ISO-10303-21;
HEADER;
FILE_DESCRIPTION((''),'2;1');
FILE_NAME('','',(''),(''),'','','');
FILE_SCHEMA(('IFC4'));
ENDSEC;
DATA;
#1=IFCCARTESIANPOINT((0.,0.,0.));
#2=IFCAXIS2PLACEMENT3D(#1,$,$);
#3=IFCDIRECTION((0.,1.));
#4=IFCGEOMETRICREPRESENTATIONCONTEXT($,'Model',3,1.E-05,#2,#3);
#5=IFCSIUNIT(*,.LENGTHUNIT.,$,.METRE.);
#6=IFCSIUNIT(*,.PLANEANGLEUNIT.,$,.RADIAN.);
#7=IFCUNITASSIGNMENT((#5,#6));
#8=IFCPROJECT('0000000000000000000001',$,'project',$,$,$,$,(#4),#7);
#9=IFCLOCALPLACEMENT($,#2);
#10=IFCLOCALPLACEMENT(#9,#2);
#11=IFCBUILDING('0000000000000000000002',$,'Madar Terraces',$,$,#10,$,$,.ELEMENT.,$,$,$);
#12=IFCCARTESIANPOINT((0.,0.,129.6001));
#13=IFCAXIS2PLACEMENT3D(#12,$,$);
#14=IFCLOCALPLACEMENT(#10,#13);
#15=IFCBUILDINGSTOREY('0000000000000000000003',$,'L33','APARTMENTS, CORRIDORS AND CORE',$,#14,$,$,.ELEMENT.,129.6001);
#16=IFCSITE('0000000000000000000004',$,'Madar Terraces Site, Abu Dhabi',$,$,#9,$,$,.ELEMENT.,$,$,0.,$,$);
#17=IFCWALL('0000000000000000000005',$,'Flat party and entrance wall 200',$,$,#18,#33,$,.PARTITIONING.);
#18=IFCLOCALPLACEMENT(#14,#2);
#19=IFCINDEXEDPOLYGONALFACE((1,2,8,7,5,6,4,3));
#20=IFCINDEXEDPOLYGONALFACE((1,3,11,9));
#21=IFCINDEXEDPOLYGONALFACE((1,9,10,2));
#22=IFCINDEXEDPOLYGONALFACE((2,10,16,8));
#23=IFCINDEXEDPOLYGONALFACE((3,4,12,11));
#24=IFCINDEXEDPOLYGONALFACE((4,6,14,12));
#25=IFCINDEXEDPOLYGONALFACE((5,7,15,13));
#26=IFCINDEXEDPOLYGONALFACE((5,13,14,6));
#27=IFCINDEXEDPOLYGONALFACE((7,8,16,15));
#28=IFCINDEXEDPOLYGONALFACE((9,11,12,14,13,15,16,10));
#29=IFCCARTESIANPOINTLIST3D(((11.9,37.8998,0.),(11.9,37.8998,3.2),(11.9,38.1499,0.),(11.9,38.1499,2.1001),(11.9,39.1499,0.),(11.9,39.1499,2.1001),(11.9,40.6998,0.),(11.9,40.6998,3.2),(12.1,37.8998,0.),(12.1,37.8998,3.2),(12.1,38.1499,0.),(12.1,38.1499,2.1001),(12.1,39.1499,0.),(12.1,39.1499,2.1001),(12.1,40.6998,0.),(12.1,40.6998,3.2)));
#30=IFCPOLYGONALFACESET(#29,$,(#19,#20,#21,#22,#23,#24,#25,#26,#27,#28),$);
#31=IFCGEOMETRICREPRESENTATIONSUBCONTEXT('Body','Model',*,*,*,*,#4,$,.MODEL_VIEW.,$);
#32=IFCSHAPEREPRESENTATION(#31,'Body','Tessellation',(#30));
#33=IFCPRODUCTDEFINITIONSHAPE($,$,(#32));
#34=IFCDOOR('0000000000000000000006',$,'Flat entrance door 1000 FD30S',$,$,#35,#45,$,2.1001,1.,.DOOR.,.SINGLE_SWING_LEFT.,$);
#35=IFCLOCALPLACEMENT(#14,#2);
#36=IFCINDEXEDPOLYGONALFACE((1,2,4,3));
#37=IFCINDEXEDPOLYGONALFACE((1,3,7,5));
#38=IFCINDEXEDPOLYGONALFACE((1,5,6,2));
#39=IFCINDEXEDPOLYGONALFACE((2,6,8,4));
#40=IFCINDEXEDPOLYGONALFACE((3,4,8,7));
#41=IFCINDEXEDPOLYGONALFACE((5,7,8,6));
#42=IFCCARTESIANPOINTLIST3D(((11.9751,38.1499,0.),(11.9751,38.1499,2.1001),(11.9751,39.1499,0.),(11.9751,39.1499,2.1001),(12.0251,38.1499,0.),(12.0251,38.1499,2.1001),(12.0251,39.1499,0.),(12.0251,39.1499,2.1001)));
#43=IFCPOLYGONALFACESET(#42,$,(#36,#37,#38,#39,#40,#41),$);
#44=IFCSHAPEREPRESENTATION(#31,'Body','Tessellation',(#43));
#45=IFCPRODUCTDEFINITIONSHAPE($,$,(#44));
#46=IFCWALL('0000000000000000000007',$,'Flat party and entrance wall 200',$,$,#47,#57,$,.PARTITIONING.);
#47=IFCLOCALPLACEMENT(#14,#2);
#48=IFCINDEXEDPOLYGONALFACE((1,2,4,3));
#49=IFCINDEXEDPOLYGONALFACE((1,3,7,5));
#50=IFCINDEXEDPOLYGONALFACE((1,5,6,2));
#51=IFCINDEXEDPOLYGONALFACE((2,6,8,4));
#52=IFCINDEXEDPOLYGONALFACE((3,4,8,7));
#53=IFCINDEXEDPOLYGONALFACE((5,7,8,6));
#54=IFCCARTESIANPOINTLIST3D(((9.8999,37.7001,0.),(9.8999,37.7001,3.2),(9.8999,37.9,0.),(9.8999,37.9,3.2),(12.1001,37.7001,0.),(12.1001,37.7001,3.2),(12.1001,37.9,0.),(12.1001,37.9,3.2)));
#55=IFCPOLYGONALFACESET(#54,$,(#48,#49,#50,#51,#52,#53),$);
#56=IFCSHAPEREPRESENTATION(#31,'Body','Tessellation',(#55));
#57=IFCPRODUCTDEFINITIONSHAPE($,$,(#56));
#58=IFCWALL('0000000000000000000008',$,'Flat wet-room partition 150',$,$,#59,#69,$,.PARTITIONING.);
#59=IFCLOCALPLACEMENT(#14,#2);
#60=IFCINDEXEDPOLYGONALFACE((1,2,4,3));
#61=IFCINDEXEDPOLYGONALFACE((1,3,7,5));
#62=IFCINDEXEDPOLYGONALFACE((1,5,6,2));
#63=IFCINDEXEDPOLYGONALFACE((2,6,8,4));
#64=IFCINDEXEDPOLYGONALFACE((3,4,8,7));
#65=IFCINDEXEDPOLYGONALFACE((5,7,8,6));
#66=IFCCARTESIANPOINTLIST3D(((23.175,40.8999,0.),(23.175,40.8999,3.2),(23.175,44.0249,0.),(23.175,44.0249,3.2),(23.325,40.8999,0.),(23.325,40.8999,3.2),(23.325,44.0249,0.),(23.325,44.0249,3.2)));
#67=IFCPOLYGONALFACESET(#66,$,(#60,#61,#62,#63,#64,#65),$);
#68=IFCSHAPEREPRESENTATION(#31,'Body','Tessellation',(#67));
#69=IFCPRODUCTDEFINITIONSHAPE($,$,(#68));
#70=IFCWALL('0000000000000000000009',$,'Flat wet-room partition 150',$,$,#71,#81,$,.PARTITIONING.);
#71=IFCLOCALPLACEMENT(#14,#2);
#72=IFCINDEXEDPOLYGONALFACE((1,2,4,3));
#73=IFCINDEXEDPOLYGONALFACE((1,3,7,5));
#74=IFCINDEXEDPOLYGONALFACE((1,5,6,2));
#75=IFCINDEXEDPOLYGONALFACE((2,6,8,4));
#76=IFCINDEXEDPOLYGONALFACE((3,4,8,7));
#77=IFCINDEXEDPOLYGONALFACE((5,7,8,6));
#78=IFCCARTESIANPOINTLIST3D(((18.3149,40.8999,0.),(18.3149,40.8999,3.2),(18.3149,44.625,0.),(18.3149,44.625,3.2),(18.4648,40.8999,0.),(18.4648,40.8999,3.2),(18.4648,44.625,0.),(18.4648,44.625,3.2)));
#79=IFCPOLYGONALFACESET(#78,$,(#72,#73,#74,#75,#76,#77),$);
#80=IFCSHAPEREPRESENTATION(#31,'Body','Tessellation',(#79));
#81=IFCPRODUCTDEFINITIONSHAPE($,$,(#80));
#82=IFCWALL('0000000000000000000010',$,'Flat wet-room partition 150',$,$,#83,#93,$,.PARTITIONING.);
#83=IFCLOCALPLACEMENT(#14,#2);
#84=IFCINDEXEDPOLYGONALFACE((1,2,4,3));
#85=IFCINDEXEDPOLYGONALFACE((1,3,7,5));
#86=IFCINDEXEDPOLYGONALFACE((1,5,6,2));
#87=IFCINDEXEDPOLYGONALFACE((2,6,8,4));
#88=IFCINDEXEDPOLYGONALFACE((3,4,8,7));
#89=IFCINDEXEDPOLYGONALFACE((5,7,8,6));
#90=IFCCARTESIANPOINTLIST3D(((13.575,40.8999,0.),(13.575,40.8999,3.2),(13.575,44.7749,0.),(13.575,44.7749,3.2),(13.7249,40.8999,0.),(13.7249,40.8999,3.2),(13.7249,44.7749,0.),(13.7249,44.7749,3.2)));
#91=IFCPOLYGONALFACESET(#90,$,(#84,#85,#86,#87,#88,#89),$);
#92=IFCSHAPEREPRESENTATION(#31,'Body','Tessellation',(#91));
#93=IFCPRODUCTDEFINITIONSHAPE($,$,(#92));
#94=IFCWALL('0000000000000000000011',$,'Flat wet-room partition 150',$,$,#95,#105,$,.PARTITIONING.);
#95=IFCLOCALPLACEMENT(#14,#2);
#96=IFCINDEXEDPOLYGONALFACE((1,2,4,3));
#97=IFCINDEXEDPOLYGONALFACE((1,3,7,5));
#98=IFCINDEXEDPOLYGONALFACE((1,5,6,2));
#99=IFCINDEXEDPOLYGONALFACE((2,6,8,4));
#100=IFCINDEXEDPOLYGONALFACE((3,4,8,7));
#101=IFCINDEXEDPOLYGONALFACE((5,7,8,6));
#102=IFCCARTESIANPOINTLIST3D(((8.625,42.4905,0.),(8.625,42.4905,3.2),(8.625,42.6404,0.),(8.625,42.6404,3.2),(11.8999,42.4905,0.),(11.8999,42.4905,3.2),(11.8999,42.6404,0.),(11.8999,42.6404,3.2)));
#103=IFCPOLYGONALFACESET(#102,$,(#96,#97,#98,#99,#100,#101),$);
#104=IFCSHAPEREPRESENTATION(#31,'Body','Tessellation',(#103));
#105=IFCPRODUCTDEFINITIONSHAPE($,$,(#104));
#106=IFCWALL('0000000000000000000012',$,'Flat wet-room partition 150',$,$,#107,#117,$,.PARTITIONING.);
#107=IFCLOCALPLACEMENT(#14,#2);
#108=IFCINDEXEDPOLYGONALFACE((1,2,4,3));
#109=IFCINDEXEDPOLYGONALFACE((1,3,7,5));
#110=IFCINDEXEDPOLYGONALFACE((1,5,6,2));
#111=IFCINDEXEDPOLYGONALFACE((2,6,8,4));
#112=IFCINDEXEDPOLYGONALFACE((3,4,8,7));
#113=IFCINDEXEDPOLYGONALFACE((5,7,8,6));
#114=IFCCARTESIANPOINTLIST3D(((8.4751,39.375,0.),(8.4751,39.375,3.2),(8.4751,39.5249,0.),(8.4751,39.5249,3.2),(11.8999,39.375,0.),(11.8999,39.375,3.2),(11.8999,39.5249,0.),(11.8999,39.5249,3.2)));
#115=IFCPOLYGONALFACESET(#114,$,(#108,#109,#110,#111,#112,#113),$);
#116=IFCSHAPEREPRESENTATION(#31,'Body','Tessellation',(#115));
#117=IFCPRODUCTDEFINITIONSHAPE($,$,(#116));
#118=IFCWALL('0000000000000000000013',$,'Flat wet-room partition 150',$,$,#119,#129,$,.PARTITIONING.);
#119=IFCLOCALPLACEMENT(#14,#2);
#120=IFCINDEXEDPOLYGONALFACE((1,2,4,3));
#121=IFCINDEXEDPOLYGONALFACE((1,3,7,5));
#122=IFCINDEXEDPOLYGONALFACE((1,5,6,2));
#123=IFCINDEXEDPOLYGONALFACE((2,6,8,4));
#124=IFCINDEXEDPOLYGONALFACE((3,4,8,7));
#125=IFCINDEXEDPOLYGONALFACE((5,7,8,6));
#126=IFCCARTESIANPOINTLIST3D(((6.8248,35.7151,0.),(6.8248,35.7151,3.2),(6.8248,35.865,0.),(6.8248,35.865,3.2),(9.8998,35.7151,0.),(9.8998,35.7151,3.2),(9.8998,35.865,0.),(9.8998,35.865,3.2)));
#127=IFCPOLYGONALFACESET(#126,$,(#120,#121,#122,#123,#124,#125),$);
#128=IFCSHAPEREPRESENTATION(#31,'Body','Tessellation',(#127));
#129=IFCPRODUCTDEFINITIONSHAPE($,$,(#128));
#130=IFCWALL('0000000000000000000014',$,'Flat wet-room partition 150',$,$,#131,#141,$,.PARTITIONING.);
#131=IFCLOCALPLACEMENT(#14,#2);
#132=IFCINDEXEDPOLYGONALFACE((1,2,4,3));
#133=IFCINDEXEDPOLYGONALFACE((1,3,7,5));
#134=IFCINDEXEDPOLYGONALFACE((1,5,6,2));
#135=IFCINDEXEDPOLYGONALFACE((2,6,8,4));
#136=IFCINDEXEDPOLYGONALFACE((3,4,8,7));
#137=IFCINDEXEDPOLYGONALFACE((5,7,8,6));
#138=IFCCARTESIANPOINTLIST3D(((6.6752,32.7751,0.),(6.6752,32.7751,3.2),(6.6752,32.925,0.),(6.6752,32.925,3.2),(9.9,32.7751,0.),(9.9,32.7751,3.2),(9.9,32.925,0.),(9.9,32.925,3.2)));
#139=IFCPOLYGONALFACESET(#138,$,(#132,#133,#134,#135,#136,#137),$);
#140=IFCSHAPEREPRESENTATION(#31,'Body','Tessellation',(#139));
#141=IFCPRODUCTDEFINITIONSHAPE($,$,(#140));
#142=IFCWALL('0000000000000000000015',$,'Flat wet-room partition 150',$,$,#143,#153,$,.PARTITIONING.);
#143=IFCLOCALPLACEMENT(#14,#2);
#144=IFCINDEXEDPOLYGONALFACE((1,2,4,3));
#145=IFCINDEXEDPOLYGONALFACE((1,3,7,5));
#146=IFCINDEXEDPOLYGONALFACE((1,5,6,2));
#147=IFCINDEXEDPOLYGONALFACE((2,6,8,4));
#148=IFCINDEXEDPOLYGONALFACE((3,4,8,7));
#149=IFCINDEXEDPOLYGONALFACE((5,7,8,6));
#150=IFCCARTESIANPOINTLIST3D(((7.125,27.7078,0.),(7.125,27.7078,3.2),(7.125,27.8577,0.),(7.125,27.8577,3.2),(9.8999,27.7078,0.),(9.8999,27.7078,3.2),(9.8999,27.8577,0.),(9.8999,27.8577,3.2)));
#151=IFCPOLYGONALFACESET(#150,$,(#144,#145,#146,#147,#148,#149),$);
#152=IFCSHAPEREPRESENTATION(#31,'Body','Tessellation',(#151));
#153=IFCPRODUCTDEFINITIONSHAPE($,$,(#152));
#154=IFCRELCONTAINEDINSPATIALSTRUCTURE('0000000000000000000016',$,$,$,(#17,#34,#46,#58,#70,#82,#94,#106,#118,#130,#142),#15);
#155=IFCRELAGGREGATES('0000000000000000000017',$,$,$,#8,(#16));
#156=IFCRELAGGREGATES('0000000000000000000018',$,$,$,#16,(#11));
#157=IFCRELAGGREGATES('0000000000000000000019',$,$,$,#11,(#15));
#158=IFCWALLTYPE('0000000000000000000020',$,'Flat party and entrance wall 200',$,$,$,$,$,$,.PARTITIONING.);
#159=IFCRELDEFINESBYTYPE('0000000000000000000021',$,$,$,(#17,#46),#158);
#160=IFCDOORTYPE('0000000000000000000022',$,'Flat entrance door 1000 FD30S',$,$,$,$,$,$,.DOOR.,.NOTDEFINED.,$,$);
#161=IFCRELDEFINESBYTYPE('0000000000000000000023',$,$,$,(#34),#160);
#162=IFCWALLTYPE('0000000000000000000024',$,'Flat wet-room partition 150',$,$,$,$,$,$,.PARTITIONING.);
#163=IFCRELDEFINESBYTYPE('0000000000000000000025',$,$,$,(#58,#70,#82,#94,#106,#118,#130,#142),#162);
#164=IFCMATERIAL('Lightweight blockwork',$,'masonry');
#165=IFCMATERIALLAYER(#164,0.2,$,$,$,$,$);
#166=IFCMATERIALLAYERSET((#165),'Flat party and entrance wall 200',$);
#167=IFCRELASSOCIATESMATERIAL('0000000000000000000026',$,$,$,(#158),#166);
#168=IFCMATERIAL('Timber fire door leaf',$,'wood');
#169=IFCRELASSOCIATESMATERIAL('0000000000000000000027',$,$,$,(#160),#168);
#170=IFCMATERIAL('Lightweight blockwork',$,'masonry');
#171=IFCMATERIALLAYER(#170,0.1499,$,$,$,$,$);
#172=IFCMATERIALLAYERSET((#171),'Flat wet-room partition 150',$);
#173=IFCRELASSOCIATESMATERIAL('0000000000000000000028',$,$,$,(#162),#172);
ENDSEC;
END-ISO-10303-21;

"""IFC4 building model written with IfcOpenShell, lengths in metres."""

from ifc_helpers import new_model, si_unit, direction, frame, frame_2d, origin, place, context, subcontext, project, spatial, rectangle, extrude, material, layer, layer_set, type_object, element, fill, save


model = new_model("IFC4")

# Units and contexts
model_context = context("Model", 3, precision=1e-05, world=origin(), true_north=direction((0.0, 1.0)))
body_context = subcontext(model_context, "Body", "Model", "MODEL_VIEW")
ifc_project = project(units=[si_unit("LENGTHUNIT", "METRE"), si_unit("PLANEANGLEUNIT", "RADIAN")], contexts=[model_context])

# Site, building, storey
site_placement = place(None, origin())
site = spatial("IfcSite", under=ifc_project, at=site_placement, Name="Madar Terraces Site, Abu Dhabi", CompositionType="ELEMENT", RefElevation=0.0)
building_placement = place(site_placement, origin())
building = spatial("IfcBuilding", under=site, at=building_placement, Name="Madar Terraces", CompositionType="ELEMENT")
storey_placement = place(building_placement, frame((0.0, 0.0, 129.6001)))
storey = spatial("IfcBuildingStorey", under=building, at=storey_placement, Name="L33", Description="APARTMENTS, CORRIDORS AND CORE", CompositionType="ELEMENT", Elevation=129.6001)

# Shared definitions
ifc_material_1 = material(Name="Lightweight blockwork", Category="masonry")
ifc_layer_1 = layer(ifc_material_1, 0.2)
ifc_layer_set_1 = layer_set([ifc_layer_1], Name="Flat party and entrance wall 200")
wall_type_1 = type_object("IfcWallType", Name="Flat party and entrance wall 200", PredefinedType="PARTITIONING", material=ifc_layer_set_1)
ifc_material_2 = material(Name="Timber fire door leaf", Category="wood")
door_type_1 = type_object("IfcDoorType", Name="Flat entrance door 1000 FD30S", OperationType="NOTDEFINED", PredefinedType="DOOR", material=ifc_material_2)

# Wall, opening, door
wall_1_placement = place(storey_placement, frame((12.0, 37.8999, 0.0), z_axis=(0.0, 0.0, 1.0), x_axis=(0.0, 1.0, 0.0)))
wall_1 = element("IfcWall", 1, at=wall_1_placement, inside=storey, type_object=wall_type_1, Name="Flat party and entrance wall 200", PredefinedType="PARTITIONING", context=body_context, shape_type="SweptSolid", body=[
    extrude(rectangle(XDim=2.8, YDim=0.2, at=frame_2d((1.3999, 0.0))), origin(), (0.0, 0.0, 1.0), 3.2),
])
opening_1_placement = place(wall_1_placement, frame((0.25, 0.0, 0.0)))
opening_1 = element("IfcOpeningElement", 2, at=opening_1_placement, cuts=wall_1, PredefinedType="OPENING", context=body_context, shape_type="SweptSolid", body=[
    extrude(rectangle(XDim=1.0, YDim=2.1001, at=frame_2d((0.5, 1.05))), frame((0.0, 0.1099, 0.0), z_axis=(0.0, -1.0, 0.0), x_axis=(1.0, 0.0, 0.0)), (0.0, 0.0, 1.0), 0.22),
])
door_1_placement = place(opening_1_placement, origin())
door_1 = element("IfcDoor", 3, at=door_1_placement, inside=storey, type_object=door_type_1, Name="Flat entrance door 1000 FD30S", OperationType="SINGLE_SWING_LEFT", OverallHeight=2.1001, OverallWidth=1.0, PredefinedType="DOOR", context=body_context, shape_type="SweptSolid", body=[
    extrude(rectangle(XDim=1.0, YDim=2.1001, at=frame_2d((0.5, 1.05))), frame((0.0, 0.0249, 0.0), z_axis=(0.0, -1.0, 0.0), x_axis=(1.0, 0.0, 0.0)), (0.0, 0.0, 1.0), 0.05),
])
fill(opening_1, door_1)

# Walls
wall_2_placement = place(storey_placement, frame((12.1001, 37.8, 0.0), z_axis=(0.0, 0.0, 1.0), x_axis=(-1.0, 0.0, 0.0)))
element("IfcWall", 4, at=wall_2_placement, inside=storey, type_object=wall_type_1, Name="Flat party and entrance wall 200", PredefinedType="PARTITIONING", context=body_context, shape_type="SweptSolid", body=[
    extrude(rectangle(XDim=2.2002, YDim=0.2, at=frame_2d((1.1001, 0.0))), origin(), (0.0, 0.0, 1.0), 3.2),
])
ifc_material_3 = material(Name="Lightweight blockwork", Category="masonry")
ifc_layer_2 = layer(ifc_material_3, 0.1499)
ifc_layer_set_2 = layer_set([ifc_layer_2], Name="Flat wet-room partition 150")
wall_type_2 = type_object("IfcWallType", Name="Flat wet-room partition 150", PredefinedType="PARTITIONING", material=ifc_layer_set_2)
wall_3_placement = place(storey_placement, frame((23.25, 40.8999, 0.0), z_axis=(0.0, 0.0, 1.0), x_axis=(0.0, 1.0, 0.0)))
element("IfcWall", 5, at=wall_3_placement, inside=storey, type_object=wall_type_2, Name="Flat wet-room partition 150", PredefinedType="PARTITIONING", context=body_context, shape_type="SweptSolid", body=[
    extrude(rectangle(XDim=3.125, YDim=0.1499, at=frame_2d((1.5625, 0.0))), origin(), (0.0, 0.0, 1.0), 3.2),
])
wall_4_placement = place(storey_placement, frame((18.3899, 40.8999, 0.0), z_axis=(0.0, 0.0, 1.0), x_axis=(0.0, 1.0, 0.0)))
element("IfcWall", 6, at=wall_4_placement, inside=storey, type_object=wall_type_2, Name="Flat wet-room partition 150", PredefinedType="PARTITIONING", context=body_context, shape_type="SweptSolid", body=[
    extrude(rectangle(XDim=3.7251, YDim=0.1499, at=frame_2d((1.8625, 0.0))), origin(), (0.0, 0.0, 1.0), 3.2),
])
wall_5_placement = place(storey_placement, frame((13.6499, 40.8999, 0.0), z_axis=(0.0, 0.0, 1.0), x_axis=(0.0, 1.0, 0.0)))
element("IfcWall", 7, at=wall_5_placement, inside=storey, type_object=wall_type_2, Name="Flat wet-room partition 150", PredefinedType="PARTITIONING", context=body_context, shape_type="SweptSolid", body=[
    extrude(rectangle(XDim=3.875, YDim=0.1499, at=frame_2d((1.9375, 0.0))), origin(), (0.0, 0.0, 1.0), 3.2),
])
wall_6_placement = place(storey_placement, frame((11.8999, 42.5654, 0.0), z_axis=(0.0, 0.0, 1.0), x_axis=(-1.0, 0.0, 0.0)))
element("IfcWall", 8, at=wall_6_placement, inside=storey, type_object=wall_type_2, Name="Flat wet-room partition 150", PredefinedType="PARTITIONING", context=body_context, shape_type="SweptSolid", body=[
    extrude(rectangle(XDim=3.2749, YDim=0.1499, at=frame_2d((1.6375, 0.0))), origin(), (0.0, 0.0, 1.0), 3.2),
])
wall_7_placement = place(storey_placement, frame((11.8999, 39.45, 0.0), z_axis=(0.0, 0.0, 1.0), x_axis=(-1.0, 0.0, 0.0)))
element("IfcWall", 9, at=wall_7_placement, inside=storey, type_object=wall_type_2, Name="Flat wet-room partition 150", PredefinedType="PARTITIONING", context=body_context, shape_type="SweptSolid", body=[
    extrude(rectangle(XDim=3.4248, YDim=0.1499, at=frame_2d((1.7124, 0.0))), origin(), (0.0, 0.0, 1.0), 3.2),
])
wall_8_placement = place(storey_placement, frame((9.8999, 35.79, 0.0), z_axis=(0.0, 0.0, 1.0), x_axis=(-1.0, 0.0, 0.0)))
element("IfcWall", 10, at=wall_8_placement, inside=storey, type_object=wall_type_2, Name="Flat wet-room partition 150", PredefinedType="PARTITIONING", context=body_context, shape_type="SweptSolid", body=[
    extrude(rectangle(XDim=3.075, YDim=0.1499, at=frame_2d((1.5376, 0.0))), origin(), (0.0, 0.0, 1.0), 3.2),
])
wall_9_placement = place(storey_placement, frame((9.8999, 32.8501, 0.0), z_axis=(0.0, 0.0, 1.0), x_axis=(-1.0, 0.0, 0.0)))
element("IfcWall", 11, at=wall_9_placement, inside=storey, type_object=wall_type_2, Name="Flat wet-room partition 150", PredefinedType="PARTITIONING", context=body_context, shape_type="SweptSolid", body=[
    extrude(rectangle(XDim=3.2249, YDim=0.1499, at=frame_2d((1.6123, 0.0))), origin(), (0.0, 0.0, 1.0), 3.2),
])
wall_10_placement = place(storey_placement, frame((9.8999, 27.7827, 0.0), z_axis=(0.0, 0.0, 1.0), x_axis=(-1.0, 0.0, 0.0)))
element("IfcWall", 12, at=wall_10_placement, inside=storey, type_object=wall_type_2, Name="Flat wet-room partition 150", PredefinedType="PARTITIONING", context=body_context, shape_type="SweptSolid", body=[
    extrude(rectangle(XDim=2.7749, YDim=0.1499, at=frame_2d((1.3875, 0.0))), origin(), (0.0, 0.0, 1.0), 3.2),
])

save(model, "model.ifc")
